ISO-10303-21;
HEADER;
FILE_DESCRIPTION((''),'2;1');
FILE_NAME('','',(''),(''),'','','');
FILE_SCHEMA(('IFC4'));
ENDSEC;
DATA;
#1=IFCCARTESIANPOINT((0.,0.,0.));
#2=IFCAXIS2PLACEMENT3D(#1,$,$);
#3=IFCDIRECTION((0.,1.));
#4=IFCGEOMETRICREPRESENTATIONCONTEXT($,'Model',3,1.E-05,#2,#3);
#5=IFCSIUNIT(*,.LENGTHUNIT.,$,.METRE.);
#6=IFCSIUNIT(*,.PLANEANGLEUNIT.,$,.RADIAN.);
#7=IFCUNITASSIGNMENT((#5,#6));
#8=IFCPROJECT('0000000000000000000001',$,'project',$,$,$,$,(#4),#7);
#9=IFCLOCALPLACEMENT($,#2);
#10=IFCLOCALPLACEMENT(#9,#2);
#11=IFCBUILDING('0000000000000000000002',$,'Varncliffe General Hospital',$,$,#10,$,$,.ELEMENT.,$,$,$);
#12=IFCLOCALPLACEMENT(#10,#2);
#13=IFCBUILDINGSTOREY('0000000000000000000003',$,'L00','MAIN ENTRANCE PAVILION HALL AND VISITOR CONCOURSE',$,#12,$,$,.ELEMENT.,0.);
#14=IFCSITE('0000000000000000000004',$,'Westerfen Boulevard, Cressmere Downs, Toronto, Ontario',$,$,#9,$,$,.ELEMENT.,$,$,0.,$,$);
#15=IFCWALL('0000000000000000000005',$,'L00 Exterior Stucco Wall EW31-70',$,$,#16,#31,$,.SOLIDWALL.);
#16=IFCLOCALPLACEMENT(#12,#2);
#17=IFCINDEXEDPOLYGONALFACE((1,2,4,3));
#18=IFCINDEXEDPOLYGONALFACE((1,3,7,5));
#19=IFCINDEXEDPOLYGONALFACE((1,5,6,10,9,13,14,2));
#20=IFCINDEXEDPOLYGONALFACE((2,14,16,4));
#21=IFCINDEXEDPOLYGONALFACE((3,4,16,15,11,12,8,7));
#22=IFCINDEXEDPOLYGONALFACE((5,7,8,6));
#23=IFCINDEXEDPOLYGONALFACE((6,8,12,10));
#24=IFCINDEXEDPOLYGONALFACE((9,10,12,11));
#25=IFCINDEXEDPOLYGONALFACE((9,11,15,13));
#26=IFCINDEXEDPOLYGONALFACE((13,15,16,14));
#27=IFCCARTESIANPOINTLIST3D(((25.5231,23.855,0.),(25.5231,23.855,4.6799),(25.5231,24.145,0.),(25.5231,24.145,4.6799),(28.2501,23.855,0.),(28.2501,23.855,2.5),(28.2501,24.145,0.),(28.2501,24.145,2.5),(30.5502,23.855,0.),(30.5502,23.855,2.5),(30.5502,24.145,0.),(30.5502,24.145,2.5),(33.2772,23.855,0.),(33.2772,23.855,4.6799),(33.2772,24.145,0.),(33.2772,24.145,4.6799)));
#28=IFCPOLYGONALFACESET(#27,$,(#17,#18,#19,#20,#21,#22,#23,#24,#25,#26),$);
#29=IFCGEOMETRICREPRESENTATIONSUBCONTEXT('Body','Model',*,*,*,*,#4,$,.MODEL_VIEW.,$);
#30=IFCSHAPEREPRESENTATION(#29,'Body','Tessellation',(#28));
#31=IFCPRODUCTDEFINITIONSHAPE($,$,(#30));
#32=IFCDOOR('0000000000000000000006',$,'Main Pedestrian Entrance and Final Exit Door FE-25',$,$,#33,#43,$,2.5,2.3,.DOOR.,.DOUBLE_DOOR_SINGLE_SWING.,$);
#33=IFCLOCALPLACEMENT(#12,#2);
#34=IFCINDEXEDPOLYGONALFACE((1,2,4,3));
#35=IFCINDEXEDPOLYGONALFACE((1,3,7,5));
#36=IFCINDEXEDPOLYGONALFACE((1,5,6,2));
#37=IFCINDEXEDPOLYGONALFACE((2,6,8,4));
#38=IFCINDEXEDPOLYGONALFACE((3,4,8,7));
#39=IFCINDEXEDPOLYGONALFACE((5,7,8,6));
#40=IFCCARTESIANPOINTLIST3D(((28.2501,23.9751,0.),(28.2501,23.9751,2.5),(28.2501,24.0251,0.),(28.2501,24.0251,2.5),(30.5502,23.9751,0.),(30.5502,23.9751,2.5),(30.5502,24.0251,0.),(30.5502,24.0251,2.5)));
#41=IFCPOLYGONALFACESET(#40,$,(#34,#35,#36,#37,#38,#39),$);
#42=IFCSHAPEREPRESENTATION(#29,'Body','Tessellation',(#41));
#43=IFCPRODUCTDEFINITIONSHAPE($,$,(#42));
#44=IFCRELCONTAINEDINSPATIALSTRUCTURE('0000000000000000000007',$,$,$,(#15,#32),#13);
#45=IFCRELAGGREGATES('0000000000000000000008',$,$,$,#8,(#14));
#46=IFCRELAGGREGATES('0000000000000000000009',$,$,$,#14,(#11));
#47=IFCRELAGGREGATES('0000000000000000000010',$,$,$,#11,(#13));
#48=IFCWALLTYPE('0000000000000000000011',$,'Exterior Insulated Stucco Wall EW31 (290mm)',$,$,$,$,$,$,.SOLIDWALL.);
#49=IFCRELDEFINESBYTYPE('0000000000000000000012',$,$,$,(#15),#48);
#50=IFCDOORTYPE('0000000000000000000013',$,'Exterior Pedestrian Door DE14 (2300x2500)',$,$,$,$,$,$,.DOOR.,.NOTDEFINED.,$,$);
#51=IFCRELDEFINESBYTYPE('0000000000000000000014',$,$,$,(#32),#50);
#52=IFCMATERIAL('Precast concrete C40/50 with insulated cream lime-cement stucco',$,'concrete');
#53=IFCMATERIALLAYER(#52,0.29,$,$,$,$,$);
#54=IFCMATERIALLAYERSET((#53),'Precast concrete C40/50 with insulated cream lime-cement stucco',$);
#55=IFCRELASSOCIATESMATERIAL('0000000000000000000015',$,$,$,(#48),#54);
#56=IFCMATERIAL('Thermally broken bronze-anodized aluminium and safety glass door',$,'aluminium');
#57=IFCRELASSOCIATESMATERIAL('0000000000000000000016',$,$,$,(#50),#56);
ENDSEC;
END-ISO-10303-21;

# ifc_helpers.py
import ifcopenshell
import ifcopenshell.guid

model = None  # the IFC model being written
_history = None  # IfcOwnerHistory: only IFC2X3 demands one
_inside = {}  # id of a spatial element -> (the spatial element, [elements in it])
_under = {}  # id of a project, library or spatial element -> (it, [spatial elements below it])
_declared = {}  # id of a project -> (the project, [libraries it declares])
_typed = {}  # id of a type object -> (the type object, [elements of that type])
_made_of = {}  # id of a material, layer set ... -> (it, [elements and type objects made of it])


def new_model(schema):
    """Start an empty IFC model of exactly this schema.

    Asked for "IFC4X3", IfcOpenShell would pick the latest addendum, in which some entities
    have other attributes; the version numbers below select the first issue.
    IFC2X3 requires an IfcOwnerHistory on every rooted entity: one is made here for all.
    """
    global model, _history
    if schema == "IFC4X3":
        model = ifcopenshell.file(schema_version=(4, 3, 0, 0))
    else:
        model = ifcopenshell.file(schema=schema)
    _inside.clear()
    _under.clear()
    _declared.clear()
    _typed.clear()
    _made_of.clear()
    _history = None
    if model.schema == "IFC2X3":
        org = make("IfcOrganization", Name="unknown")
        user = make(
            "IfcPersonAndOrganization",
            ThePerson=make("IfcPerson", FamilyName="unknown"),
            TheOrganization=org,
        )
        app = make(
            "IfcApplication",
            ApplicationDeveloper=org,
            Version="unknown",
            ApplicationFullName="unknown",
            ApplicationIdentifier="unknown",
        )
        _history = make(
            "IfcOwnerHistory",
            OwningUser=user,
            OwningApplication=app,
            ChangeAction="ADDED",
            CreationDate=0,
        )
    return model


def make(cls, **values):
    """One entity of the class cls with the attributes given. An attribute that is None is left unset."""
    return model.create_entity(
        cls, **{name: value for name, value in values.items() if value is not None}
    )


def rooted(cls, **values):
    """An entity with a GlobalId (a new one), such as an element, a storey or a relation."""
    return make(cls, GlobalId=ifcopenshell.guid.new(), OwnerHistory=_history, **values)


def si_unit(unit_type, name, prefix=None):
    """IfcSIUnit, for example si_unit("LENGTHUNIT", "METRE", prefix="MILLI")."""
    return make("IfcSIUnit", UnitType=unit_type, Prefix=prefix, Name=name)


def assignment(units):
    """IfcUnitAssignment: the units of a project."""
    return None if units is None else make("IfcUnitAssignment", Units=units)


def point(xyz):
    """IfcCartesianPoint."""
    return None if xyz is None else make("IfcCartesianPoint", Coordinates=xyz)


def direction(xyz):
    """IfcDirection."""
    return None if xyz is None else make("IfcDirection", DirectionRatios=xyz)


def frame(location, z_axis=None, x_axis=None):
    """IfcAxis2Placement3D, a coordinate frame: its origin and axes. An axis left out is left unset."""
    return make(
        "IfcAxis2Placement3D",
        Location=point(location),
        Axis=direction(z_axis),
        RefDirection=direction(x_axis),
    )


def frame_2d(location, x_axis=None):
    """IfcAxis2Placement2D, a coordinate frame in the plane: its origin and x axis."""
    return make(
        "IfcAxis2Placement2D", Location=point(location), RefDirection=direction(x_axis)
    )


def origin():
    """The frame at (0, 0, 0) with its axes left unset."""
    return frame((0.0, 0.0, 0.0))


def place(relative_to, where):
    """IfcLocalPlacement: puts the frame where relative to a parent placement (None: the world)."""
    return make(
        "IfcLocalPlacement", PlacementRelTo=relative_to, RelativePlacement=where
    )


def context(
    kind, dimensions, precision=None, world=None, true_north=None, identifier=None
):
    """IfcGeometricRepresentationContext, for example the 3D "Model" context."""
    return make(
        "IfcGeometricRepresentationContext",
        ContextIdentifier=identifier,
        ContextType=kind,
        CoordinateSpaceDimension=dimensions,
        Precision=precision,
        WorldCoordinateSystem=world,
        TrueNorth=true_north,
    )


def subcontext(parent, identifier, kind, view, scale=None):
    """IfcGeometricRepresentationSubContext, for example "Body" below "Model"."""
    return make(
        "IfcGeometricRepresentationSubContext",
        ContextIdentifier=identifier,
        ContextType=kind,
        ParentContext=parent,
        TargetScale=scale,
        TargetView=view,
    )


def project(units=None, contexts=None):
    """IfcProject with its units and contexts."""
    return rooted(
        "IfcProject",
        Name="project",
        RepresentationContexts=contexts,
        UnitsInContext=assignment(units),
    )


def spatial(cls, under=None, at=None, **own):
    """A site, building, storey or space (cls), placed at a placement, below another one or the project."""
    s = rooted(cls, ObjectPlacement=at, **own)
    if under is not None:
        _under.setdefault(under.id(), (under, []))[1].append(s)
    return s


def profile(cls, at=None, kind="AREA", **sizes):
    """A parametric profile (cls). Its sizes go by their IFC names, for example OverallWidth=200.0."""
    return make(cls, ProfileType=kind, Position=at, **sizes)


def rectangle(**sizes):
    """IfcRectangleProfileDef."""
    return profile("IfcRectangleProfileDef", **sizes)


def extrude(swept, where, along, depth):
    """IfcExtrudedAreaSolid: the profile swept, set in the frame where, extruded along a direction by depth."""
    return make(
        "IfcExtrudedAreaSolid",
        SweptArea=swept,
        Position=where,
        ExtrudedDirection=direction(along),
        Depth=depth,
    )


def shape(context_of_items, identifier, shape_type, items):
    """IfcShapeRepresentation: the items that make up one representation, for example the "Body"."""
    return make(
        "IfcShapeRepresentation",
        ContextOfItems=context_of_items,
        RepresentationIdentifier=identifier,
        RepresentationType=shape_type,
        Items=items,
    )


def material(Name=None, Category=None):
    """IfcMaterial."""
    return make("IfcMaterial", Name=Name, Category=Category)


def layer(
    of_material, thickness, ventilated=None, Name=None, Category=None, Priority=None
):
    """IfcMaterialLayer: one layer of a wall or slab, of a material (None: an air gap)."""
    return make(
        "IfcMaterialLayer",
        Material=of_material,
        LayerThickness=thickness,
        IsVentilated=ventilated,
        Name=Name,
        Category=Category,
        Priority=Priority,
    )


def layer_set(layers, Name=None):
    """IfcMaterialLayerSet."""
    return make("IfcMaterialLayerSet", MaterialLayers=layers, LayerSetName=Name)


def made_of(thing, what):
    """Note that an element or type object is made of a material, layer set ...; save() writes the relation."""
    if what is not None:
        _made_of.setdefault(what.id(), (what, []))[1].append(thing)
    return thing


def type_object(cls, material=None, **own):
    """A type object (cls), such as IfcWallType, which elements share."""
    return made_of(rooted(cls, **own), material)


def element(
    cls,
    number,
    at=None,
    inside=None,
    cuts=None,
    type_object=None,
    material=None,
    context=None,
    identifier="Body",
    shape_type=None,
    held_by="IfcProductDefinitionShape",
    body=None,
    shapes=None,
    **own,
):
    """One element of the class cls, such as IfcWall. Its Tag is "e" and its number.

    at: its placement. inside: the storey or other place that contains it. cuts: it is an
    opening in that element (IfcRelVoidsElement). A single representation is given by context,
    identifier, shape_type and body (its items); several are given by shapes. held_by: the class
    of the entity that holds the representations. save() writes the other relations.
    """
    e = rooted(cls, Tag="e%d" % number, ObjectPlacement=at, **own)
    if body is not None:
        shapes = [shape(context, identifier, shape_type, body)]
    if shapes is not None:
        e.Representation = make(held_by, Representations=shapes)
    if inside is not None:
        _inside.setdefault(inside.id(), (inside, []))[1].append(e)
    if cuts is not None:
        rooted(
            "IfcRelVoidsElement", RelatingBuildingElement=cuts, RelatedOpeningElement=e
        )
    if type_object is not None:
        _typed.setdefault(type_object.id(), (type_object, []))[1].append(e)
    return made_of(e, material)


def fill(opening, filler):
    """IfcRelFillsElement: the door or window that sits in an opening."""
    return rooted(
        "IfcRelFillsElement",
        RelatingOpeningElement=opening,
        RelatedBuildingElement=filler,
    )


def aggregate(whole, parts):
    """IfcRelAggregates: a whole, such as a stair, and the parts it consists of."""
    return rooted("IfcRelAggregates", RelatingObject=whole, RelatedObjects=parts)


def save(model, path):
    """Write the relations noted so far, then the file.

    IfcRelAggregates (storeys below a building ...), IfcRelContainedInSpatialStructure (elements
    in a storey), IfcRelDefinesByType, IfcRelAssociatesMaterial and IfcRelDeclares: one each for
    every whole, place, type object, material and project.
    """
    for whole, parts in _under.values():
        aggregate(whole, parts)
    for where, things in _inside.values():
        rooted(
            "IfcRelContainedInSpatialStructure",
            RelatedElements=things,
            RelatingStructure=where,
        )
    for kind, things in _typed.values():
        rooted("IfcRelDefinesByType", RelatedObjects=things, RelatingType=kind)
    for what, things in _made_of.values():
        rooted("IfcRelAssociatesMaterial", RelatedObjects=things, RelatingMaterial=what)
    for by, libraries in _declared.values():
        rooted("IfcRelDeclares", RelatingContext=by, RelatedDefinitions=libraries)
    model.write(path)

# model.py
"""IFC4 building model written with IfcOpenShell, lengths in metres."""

from ifc_helpers import new_model, si_unit, direction, frame, frame_2d, origin, place, context, subcontext, project, spatial, rectangle, extrude, material, layer, layer_set, type_object, element, fill, save


model = new_model("IFC4")

# Units and contexts
model_context = context("Model", 3, precision=1e-05, world=origin(), true_north=direction((0.0, 1.0)))
body_context = subcontext(model_context, "Body", "Model", "MODEL_VIEW")
ifc_project = project(units=[si_unit("LENGTHUNIT", "METRE"), si_unit("PLANEANGLEUNIT", "RADIAN")], contexts=[model_context])

# Site, building, storey
site_placement = place(None, origin())
site = spatial("IfcSite", under=ifc_project, at=site_placement, Name="Westerfen Boulevard, Cressmere Downs, Toronto, Ontario", CompositionType="ELEMENT", RefElevation=0.0)
building_placement = place(site_placement, origin())
building = spatial("IfcBuilding", under=site, at=building_placement, Name="Varncliffe General Hospital", CompositionType="ELEMENT")
storey_placement = place(building_placement, origin())
storey = spatial("IfcBuildingStorey", under=building, at=storey_placement, Name="L00", Description="MAIN ENTRANCE PAVILION HALL AND VISITOR CONCOURSE", CompositionType="ELEMENT", Elevation=0.0)

# Wall, opening, door
ifc_material_1 = material(Name="Precast concrete C40/50 with insulated cream lime-cement stucco", Category="concrete")
ifc_layer_1 = layer(ifc_material_1, 0.29)
ifc_layer_set_1 = layer_set([ifc_layer_1], Name="Precast concrete C40/50 with insulated cream lime-cement stucco")
wall_type = type_object("IfcWallType", Name="Exterior Insulated Stucco Wall EW31 (290mm)", PredefinedType="SOLIDWALL", material=ifc_layer_set_1)
wall_placement = place(storey_placement, frame((33.2771, 24.0, 0.0), z_axis=(0.0, 0.0, 1.0), x_axis=(-1.0, 0.0, 0.0)))
wall = element("IfcWall", 1, at=wall_placement, inside=storey, type_object=wall_type, Name="L00 Exterior Stucco Wall EW31-70", PredefinedType="SOLIDWALL", context=body_context, shape_type="SweptSolid", body=[
    extrude(rectangle(XDim=7.7542, YDim=0.29, at=frame_2d((3.877, 0.0))), origin(), (0.0, 0.0, 1.0), 4.6799),
])
opening_placement = place(wall_placement, frame((2.7271, 0.0, 0.0)))
opening = element("IfcOpeningElement", 2, at=opening_placement, cuts=wall, PredefinedType="OPENING", context=body_context, shape_type="SweptSolid", body=[
    extrude(rectangle(XDim=2.3, YDim=2.5, at=frame_2d((1.1499, 1.25))), frame((0.0, 0.155, 0.0), z_axis=(0.0, -1.0, 0.0), x_axis=(1.0, 0.0, 0.0)), (0.0, 0.0, 1.0), 0.3101),
])
ifc_material_2 = material(Name="Thermally broken bronze-anodized aluminium and safety glass door", Category="aluminium")
door_type = type_object("IfcDoorType", Name="Exterior Pedestrian Door DE14 (2300x2500)", OperationType="NOTDEFINED", PredefinedType="DOOR", material=ifc_material_2)
door_placement = place(opening_placement, origin())
door = element("IfcDoor", 3, at=door_placement, inside=storey, type_object=door_type, Name="Main Pedestrian Entrance and Final Exit Door FE-25", OperationType="DOUBLE_DOOR_SINGLE_SWING", OverallHeight=2.5, OverallWidth=2.3, PredefinedType="DOOR", context=body_context, shape_type="SweptSolid", body=[
    extrude(rectangle(XDim=2.3, YDim=2.5, at=frame_2d((1.1499, 1.25))), frame((0.0, 0.0249, 0.0), z_axis=(0.0, -1.0, 0.0), x_axis=(1.0, 0.0, 0.0)), (0.0, 0.0, 1.0), 0.05),
])
fill(opening, door)

save(model, "model.ifc")
